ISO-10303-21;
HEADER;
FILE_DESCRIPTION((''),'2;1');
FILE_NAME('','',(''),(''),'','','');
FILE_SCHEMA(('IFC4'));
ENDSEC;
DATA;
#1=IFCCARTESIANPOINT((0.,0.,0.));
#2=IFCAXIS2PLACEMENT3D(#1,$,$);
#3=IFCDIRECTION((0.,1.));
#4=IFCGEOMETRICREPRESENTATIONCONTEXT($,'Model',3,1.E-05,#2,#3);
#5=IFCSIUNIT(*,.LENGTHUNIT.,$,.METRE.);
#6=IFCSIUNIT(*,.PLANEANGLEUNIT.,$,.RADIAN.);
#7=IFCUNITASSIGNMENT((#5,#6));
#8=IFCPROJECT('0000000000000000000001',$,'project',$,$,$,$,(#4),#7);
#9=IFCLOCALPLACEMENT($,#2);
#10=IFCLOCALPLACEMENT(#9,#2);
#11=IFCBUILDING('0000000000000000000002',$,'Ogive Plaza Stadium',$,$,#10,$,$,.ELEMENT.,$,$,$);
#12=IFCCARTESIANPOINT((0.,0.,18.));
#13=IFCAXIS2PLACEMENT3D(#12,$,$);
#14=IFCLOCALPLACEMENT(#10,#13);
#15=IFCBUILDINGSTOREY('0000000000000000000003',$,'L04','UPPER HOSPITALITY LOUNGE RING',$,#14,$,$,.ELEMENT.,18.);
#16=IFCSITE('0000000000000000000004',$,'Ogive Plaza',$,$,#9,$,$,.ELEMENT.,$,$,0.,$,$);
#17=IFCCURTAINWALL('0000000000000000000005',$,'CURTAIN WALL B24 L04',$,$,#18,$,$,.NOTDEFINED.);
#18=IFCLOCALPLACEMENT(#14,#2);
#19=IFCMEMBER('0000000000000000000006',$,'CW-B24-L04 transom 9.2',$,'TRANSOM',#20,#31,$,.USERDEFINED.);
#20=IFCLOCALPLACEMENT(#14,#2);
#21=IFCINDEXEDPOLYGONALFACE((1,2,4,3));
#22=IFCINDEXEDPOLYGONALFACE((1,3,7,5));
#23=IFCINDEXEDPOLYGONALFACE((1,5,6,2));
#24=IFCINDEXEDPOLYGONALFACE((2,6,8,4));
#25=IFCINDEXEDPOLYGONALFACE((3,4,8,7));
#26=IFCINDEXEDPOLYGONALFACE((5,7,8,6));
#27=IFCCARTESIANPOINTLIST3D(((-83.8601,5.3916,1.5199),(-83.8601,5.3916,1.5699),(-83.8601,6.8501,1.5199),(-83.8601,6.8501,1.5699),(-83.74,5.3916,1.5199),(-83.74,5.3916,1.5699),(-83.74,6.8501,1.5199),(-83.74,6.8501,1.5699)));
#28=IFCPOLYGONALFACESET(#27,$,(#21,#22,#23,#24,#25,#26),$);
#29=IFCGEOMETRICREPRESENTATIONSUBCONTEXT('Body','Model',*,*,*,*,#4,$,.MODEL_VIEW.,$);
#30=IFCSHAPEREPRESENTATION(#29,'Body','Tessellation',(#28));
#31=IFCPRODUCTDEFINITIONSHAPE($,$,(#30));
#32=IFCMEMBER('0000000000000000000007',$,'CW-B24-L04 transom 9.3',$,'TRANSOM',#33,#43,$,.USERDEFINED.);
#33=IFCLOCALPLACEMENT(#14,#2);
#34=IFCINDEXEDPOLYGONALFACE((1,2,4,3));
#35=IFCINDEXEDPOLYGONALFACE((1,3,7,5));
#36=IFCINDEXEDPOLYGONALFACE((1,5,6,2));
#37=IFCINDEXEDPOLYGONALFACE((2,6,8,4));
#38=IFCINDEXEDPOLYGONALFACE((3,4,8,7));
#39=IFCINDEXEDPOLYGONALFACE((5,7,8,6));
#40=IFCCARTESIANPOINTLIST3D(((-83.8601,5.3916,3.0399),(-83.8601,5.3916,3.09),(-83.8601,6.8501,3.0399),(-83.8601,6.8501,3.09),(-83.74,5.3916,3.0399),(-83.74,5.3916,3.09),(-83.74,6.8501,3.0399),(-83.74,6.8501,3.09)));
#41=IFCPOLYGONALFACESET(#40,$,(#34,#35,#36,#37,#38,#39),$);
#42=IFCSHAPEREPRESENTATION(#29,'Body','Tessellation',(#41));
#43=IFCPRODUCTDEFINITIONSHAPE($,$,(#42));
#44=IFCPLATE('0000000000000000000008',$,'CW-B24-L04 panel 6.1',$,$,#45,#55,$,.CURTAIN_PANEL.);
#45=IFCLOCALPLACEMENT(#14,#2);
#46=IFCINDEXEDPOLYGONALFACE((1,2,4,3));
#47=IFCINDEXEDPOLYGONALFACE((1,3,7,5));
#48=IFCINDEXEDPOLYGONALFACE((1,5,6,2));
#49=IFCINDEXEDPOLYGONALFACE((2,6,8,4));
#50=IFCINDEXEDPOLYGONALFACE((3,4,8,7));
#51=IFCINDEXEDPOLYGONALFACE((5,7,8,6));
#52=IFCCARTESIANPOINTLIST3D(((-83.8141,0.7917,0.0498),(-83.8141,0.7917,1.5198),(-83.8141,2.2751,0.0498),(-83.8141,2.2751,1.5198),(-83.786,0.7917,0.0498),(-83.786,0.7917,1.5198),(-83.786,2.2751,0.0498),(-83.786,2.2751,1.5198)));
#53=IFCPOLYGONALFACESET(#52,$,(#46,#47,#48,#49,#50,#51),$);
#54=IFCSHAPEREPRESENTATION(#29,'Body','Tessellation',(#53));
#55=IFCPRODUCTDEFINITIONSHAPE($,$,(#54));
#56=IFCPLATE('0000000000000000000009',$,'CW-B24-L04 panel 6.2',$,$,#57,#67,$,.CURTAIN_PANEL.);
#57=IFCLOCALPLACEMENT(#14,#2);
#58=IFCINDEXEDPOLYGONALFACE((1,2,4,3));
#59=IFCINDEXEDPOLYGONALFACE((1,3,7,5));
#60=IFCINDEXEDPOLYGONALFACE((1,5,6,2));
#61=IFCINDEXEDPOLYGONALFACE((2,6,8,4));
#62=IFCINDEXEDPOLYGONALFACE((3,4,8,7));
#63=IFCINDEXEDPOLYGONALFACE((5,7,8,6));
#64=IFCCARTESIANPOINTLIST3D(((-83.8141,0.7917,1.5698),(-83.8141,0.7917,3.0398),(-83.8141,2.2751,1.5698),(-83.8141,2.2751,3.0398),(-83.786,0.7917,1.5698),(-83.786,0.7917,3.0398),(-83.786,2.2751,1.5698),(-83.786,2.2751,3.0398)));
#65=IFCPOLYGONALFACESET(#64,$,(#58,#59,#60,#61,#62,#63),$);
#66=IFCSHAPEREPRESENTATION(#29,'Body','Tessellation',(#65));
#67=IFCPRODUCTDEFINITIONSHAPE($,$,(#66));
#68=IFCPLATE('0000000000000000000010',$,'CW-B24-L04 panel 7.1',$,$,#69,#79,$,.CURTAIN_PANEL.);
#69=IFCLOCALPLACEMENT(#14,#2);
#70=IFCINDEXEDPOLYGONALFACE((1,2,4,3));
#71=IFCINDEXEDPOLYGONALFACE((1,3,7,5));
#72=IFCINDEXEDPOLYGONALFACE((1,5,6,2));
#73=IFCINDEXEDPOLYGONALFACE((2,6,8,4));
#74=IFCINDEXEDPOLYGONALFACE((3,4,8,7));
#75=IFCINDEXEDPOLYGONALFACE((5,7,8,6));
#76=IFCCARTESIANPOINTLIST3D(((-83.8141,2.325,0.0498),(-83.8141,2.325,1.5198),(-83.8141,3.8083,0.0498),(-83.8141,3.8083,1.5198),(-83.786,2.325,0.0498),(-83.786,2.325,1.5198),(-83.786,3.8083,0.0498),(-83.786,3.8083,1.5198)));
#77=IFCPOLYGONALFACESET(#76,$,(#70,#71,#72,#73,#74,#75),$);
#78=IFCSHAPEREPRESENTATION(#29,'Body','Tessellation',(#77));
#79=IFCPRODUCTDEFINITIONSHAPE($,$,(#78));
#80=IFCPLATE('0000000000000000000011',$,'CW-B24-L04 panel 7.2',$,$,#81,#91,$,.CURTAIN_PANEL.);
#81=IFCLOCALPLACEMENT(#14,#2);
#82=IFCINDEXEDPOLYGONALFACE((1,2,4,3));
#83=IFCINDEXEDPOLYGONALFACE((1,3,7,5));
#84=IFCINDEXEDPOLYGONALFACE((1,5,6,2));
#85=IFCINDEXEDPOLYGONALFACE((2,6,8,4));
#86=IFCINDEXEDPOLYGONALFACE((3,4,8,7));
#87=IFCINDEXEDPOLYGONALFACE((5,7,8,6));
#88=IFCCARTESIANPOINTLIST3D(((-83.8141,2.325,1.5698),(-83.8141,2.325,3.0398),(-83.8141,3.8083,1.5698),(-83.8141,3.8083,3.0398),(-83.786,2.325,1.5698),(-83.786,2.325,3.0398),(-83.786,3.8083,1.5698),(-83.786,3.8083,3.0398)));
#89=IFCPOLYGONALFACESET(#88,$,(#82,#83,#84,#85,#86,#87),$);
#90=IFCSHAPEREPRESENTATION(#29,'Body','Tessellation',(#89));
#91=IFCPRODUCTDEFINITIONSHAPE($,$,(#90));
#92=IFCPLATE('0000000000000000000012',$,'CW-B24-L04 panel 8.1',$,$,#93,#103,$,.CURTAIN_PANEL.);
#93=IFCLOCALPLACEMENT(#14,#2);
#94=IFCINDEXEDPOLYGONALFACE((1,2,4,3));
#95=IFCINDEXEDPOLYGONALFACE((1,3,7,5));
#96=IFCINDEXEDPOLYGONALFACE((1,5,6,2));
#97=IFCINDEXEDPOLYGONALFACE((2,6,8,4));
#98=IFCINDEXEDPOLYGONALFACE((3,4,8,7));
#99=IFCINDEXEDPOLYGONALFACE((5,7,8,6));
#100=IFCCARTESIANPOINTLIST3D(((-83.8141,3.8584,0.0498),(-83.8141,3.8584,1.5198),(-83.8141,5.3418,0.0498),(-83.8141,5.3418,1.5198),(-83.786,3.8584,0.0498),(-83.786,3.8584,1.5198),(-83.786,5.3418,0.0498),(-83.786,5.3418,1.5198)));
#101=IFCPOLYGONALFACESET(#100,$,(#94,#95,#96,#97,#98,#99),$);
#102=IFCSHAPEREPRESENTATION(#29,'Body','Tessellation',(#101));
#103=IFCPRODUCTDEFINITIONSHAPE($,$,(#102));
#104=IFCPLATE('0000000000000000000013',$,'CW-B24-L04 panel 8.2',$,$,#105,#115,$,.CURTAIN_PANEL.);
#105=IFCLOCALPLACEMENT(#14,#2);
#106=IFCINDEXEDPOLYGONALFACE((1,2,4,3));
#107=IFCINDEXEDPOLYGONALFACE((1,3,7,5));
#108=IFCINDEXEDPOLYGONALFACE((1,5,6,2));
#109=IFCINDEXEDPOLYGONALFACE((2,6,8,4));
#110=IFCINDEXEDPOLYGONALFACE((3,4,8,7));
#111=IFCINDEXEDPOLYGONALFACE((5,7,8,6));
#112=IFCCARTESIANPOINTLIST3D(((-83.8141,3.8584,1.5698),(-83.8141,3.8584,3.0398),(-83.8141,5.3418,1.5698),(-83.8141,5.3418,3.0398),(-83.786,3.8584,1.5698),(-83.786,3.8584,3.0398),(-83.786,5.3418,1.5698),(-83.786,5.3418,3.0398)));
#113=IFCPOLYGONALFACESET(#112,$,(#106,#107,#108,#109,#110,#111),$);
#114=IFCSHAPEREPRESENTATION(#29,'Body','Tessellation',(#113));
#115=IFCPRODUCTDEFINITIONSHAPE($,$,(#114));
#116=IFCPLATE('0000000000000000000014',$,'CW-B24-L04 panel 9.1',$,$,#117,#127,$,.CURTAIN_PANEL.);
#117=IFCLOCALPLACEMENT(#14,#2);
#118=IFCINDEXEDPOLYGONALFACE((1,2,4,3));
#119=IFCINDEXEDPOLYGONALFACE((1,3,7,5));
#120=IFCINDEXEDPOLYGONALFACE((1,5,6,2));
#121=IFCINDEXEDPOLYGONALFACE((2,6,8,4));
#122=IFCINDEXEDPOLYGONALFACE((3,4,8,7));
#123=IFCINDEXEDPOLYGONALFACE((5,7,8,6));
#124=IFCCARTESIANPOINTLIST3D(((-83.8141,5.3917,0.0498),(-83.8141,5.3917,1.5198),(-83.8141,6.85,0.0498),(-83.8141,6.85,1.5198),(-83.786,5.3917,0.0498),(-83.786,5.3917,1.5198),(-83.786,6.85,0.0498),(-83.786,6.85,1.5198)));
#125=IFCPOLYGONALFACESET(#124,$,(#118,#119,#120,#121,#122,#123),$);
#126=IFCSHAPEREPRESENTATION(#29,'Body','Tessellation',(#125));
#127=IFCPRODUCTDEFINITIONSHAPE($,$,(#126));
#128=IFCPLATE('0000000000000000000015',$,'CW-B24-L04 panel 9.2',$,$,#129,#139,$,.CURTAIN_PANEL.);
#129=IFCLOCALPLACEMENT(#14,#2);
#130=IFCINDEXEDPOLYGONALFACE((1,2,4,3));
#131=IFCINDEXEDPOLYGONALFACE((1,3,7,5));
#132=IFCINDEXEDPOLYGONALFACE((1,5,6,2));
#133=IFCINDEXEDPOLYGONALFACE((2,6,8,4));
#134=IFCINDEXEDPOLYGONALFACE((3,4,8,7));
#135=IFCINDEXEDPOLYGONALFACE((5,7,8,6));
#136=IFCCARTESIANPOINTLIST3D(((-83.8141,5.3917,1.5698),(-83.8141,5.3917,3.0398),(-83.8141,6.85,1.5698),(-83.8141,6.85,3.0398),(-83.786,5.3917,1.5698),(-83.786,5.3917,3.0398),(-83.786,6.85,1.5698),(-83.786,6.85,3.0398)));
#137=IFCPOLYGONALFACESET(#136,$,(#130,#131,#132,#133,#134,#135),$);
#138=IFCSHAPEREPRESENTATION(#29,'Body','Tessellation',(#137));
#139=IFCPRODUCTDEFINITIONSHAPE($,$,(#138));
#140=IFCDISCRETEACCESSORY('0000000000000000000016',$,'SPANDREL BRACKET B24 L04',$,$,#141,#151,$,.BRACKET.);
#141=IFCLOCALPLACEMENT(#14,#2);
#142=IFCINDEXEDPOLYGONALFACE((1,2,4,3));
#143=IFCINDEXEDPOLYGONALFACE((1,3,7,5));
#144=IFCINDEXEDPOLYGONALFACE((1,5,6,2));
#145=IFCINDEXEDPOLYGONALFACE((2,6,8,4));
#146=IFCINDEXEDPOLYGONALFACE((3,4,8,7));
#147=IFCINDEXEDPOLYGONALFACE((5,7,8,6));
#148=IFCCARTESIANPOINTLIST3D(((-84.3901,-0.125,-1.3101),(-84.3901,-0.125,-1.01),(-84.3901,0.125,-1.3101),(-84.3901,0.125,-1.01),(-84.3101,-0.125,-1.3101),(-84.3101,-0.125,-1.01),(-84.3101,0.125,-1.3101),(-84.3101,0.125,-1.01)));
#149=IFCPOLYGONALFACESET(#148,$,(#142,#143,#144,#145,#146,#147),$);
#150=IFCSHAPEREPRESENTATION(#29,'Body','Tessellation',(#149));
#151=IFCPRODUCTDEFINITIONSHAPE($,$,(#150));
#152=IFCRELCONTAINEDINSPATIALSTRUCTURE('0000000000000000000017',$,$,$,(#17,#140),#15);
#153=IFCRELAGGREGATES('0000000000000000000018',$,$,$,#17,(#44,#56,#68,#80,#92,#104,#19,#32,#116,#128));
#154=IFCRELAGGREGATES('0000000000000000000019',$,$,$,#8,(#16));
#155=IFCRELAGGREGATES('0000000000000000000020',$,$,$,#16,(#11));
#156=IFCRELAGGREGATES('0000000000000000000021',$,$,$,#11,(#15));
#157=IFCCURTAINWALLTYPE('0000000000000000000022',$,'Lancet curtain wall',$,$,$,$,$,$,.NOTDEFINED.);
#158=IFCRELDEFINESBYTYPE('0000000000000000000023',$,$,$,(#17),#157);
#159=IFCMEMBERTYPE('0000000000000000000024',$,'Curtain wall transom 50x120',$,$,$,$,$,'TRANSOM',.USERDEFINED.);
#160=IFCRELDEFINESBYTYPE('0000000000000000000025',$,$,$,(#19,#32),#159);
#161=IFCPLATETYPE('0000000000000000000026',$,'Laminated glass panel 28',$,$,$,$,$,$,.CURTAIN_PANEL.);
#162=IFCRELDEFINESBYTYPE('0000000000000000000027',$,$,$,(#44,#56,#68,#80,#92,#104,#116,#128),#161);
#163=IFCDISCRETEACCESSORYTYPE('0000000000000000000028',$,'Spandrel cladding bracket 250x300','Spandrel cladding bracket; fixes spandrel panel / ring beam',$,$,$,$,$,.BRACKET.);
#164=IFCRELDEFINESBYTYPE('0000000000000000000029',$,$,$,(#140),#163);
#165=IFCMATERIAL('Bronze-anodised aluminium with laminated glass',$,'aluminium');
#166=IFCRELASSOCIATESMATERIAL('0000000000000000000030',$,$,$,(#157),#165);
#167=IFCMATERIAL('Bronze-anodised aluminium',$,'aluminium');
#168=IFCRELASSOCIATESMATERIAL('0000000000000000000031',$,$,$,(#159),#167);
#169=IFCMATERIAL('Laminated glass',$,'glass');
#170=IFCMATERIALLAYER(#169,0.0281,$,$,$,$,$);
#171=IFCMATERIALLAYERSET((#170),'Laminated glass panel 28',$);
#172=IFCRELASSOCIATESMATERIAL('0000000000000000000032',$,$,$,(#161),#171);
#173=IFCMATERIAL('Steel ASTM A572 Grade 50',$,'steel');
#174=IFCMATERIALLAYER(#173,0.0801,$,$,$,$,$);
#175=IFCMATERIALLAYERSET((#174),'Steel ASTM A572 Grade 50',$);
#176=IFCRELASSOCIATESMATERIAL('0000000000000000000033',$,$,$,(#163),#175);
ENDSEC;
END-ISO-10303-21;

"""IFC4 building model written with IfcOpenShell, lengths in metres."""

from ifc_helpers import new_model, si_unit, direction, frame, origin, origin_2d, place, context, subcontext, project, spatial, rectangle, extrude, material, layer, layer_set, material_profile, profile_set, type_object, element, aggregate, save


model = new_model("IFC4")

# Units and contexts
model_context = context("Model", 3, precision=1e-05, world=origin(), true_north=direction((0.0, 1.0)))
body_context = subcontext(model_context, "Body", "Model", "MODEL_VIEW")
ifc_project = project(units=[si_unit("LENGTHUNIT", "METRE"), si_unit("PLANEANGLEUNIT", "RADIAN")], contexts=[model_context])

# Site, building, storey
site_placement = place(None, origin())
site = spatial("IfcSite", under=ifc_project, at=site_placement, Name="Ogive Plaza", CompositionType="ELEMENT", RefElevation=0.0)
building_placement = place(site_placement, origin())
building = spatial("IfcBuilding", under=site, at=building_placement, Name="Ogive Plaza Stadium", CompositionType="ELEMENT")
storey_placement = place(building_placement, frame((0.0, 0.0, 18.0)))
storey = spatial("IfcBuildingStorey", under=building, at=storey_placement, Name="L04", Description="UPPER HOSPITALITY LOUNGE RING", CompositionType="ELEMENT", Elevation=18.0)

# Curtain wall, members, plates
ifc_material_1 = material(Name="Bronze-anodised aluminium with laminated glass", Category="aluminium")
curtain_wall_type = type_object("IfcCurtainWallType", Name="Lancet curtain wall", PredefinedType="NOTDEFINED", material=ifc_material_1)
curtain_wall_placement = place(storey_placement, origin())
curtain_wall = element("IfcCurtainWall", 1, at=curtain_wall_placement, inside=storey, type_object=curtain_wall_type, Name="CURTAIN WALL B24 L04", PredefinedType="NOTDEFINED")
ifc_material_2 = material(Name="Bronze-anodised aluminium", Category="aluminium")
ifc_material_profile_1 = material_profile(ifc_material_2, rectangle(XDim=0.1201, YDim=0.05, at=origin_2d()), Name="AL 120x50")
ifc_profile_set_1 = profile_set([ifc_material_profile_1], Name="Bronze-anodised aluminium")
member_type_1 = type_object("IfcMemberType", Name="Curtain wall transom 50x120", ElementType="TRANSOM", PredefinedType="USERDEFINED", material=ifc_profile_set_1)
member_1_placement = place(storey_placement, frame((-83.8, 5.3916, 1.5449), z_axis=(0.0, 1.0, 0.0), x_axis=(-1.0, 0.0, 0.0)))
member_1 = element("IfcMember", 2, at=member_1_placement, type_object=member_type_1, Name="CW-B24-L04 transom 9.2", ObjectType="TRANSOM", PredefinedType="USERDEFINED", context=body_context, shape_type="SweptSolid", body=[
    extrude(rectangle(XDim=0.1201, YDim=0.05, at=origin_2d()), origin(), (0.0, 0.0, 1.0), 1.4585),
])
member_2_placement = place(storey_placement, frame((-83.8, 5.3916, 3.0649), z_axis=(0.0, 1.0, 0.0), x_axis=(-1.0, 0.0, 0.0)))
member_2 = element("IfcMember", 3, at=member_2_placement, type_object=member_type_1, Name="CW-B24-L04 transom 9.3", ObjectType="TRANSOM", PredefinedType="USERDEFINED", context=body_context, shape_type="SweptSolid", body=[
    extrude(rectangle(XDim=0.1201, YDim=0.05, at=origin_2d()), origin(), (0.0, 0.0, 1.0), 1.4585),
])
ifc_material_3 = material(Name="Laminated glass", Category="glass")
ifc_layer_1 = layer(ifc_material_3, 0.0281)
ifc_layer_set_1 = layer_set([ifc_layer_1], Name="Laminated glass panel 28")
plate_type = type_object("IfcPlateType", Name="Laminated glass panel 28", PredefinedType="CURTAIN_PANEL", material=ifc_layer_set_1)
plate_1_placement = place(storey_placement, frame((-83.8, 1.5334, 0.0498), z_axis=(0.0, 0.0, 1.0), x_axis=(0.0, 1.0, 0.0)))
plate_1 = element("IfcPlate", 4, at=plate_1_placement, type_object=plate_type, Name="CW-B24-L04 panel 6.1", PredefinedType="CURTAIN_PANEL", context=body_context, shape_type="SweptSolid", body=[
    extrude(rectangle(XDim=1.4834, YDim=0.0281, at=origin_2d()), origin(), (0.0, 0.0, 1.0), 1.47),
])
plate_2_placement = place(storey_placement, frame((-83.8, 1.5334, 1.5698), z_axis=(0.0, 0.0, 1.0), x_axis=(0.0, 1.0, 0.0)))
plate_2 = element("IfcPlate", 5, at=plate_2_placement, type_object=plate_type, Name="CW-B24-L04 panel 6.2", PredefinedType="CURTAIN_PANEL", context=body_context, shape_type="SweptSolid", body=[
    extrude(rectangle(XDim=1.4834, YDim=0.0281, at=origin_2d()), origin(), (0.0, 0.0, 1.0), 1.47),
])
plate_3_placement = place(storey_placement, frame((-83.8, 3.0667, 0.0498), z_axis=(0.0, 0.0, 1.0), x_axis=(0.0, 1.0, 0.0)))
plate_3 = element("IfcPlate", 6, at=plate_3_placement, type_object=plate_type, Name="CW-B24-L04 panel 7.1", PredefinedType="CURTAIN_PANEL", context=body_context, shape_type="SweptSolid", body=[
    extrude(rectangle(XDim=1.4834, YDim=0.0281, at=origin_2d()), origin(), (0.0, 0.0, 1.0), 1.47),
])
plate_4_placement = place(storey_placement, frame((-83.8, 3.0667, 1.5698), z_axis=(0.0, 0.0, 1.0), x_axis=(0.0, 1.0, 0.0)))
plate_4 = element("IfcPlate", 7, at=plate_4_placement, type_object=plate_type, Name="CW-B24-L04 panel 7.2", PredefinedType="CURTAIN_PANEL", context=body_context, shape_type="SweptSolid", body=[
    extrude(rectangle(XDim=1.4834, YDim=0.0281, at=origin_2d()), origin(), (0.0, 0.0, 1.0), 1.47),
])
plate_5_placement = place(storey_placement, frame((-83.8, 4.6001, 0.0498), z_axis=(0.0, 0.0, 1.0), x_axis=(0.0, 1.0, 0.0)))
plate_5 = element("IfcPlate", 8, at=plate_5_placement, type_object=plate_type, Name="CW-B24-L04 panel 8.1", PredefinedType="CURTAIN_PANEL", context=body_context, shape_type="SweptSolid", body=[
    extrude(rectangle(XDim=1.4834, YDim=0.0281, at=origin_2d()), origin(), (0.0, 0.0, 1.0), 1.47),
])
plate_6_placement = place(storey_placement, frame((-83.8, 4.6001, 1.5698), z_axis=(0.0, 0.0, 1.0), x_axis=(0.0, 1.0, 0.0)))
plate_6 = element("IfcPlate", 9, at=plate_6_placement, type_object=plate_type, Name="CW-B24-L04 panel 8.2", PredefinedType="CURTAIN_PANEL", context=body_context, shape_type="SweptSolid", body=[
    extrude(rectangle(XDim=1.4834, YDim=0.0281, at=origin_2d()), origin(), (0.0, 0.0, 1.0), 1.47),
])
plate_7_placement = place(storey_placement, frame((-83.8, 6.1208, 0.0498), z_axis=(0.0, 0.0, 1.0), x_axis=(0.0, 1.0, 0.0)))
plate_7 = element("IfcPlate", 10, at=plate_7_placement, type_object=plate_type, Name="CW-B24-L04 panel 9.1", PredefinedType="CURTAIN_PANEL", context=body_context, shape_type="SweptSolid", body=[
    extrude(rectangle(XDim=1.4583, YDim=0.0281, at=origin_2d()), origin(), (0.0, 0.0, 1.0), 1.47),
])
plate_8_placement = place(storey_placement, frame((-83.8, 6.1208, 1.5698), z_axis=(0.0, 0.0, 1.0), x_axis=(0.0, 1.0, 0.0)))
plate_8 = element("IfcPlate", 11, at=plate_8_placement, type_object=plate_type, Name="CW-B24-L04 panel 9.2", PredefinedType="CURTAIN_PANEL", context=body_context, shape_type="SweptSolid", body=[
    extrude(rectangle(XDim=1.4583, YDim=0.0281, at=origin_2d()), origin(), (0.0, 0.0, 1.0), 1.47),
])
aggregate(curtain_wall, [plate_1, plate_2, plate_3, plate_4, plate_5, plate_6, member_1, member_2, plate_7, plate_8])

# Discrete accessory
ifc_material_4 = material(Name="Steel ASTM A572 Grade 50", Category="steel")
ifc_layer_2 = layer(ifc_material_4, 0.0801)
ifc_layer_set_2 = layer_set([ifc_layer_2], Name="Steel ASTM A572 Grade 50")
discrete_accessory_type = type_object("IfcDiscreteAccessoryType", Name="Spandrel cladding bracket 250x300", Description="Spandrel cladding bracket; fixes spandrel panel / ring beam", PredefinedType="BRACKET", material=ifc_layer_set_2)
discrete_accessory_placement = place(storey_placement, frame((-84.3501, 0.0, -1.3101), z_axis=(0.0, 0.0, 1.0), x_axis=(0.0, 1.0, 0.0)))
element("IfcDiscreteAccessory", 12, at=discrete_accessory_placement, inside=storey, type_object=discrete_accessory_type, Name="SPANDREL BRACKET B24 L04", PredefinedType="BRACKET", context=body_context, shape_type="SweptSolid", body=[
    extrude(rectangle(XDim=0.25, YDim=0.0801, at=origin_2d()), origin(), (0.0, 0.0, 1.0), 0.3),
])

save(model, "model.ifc")
